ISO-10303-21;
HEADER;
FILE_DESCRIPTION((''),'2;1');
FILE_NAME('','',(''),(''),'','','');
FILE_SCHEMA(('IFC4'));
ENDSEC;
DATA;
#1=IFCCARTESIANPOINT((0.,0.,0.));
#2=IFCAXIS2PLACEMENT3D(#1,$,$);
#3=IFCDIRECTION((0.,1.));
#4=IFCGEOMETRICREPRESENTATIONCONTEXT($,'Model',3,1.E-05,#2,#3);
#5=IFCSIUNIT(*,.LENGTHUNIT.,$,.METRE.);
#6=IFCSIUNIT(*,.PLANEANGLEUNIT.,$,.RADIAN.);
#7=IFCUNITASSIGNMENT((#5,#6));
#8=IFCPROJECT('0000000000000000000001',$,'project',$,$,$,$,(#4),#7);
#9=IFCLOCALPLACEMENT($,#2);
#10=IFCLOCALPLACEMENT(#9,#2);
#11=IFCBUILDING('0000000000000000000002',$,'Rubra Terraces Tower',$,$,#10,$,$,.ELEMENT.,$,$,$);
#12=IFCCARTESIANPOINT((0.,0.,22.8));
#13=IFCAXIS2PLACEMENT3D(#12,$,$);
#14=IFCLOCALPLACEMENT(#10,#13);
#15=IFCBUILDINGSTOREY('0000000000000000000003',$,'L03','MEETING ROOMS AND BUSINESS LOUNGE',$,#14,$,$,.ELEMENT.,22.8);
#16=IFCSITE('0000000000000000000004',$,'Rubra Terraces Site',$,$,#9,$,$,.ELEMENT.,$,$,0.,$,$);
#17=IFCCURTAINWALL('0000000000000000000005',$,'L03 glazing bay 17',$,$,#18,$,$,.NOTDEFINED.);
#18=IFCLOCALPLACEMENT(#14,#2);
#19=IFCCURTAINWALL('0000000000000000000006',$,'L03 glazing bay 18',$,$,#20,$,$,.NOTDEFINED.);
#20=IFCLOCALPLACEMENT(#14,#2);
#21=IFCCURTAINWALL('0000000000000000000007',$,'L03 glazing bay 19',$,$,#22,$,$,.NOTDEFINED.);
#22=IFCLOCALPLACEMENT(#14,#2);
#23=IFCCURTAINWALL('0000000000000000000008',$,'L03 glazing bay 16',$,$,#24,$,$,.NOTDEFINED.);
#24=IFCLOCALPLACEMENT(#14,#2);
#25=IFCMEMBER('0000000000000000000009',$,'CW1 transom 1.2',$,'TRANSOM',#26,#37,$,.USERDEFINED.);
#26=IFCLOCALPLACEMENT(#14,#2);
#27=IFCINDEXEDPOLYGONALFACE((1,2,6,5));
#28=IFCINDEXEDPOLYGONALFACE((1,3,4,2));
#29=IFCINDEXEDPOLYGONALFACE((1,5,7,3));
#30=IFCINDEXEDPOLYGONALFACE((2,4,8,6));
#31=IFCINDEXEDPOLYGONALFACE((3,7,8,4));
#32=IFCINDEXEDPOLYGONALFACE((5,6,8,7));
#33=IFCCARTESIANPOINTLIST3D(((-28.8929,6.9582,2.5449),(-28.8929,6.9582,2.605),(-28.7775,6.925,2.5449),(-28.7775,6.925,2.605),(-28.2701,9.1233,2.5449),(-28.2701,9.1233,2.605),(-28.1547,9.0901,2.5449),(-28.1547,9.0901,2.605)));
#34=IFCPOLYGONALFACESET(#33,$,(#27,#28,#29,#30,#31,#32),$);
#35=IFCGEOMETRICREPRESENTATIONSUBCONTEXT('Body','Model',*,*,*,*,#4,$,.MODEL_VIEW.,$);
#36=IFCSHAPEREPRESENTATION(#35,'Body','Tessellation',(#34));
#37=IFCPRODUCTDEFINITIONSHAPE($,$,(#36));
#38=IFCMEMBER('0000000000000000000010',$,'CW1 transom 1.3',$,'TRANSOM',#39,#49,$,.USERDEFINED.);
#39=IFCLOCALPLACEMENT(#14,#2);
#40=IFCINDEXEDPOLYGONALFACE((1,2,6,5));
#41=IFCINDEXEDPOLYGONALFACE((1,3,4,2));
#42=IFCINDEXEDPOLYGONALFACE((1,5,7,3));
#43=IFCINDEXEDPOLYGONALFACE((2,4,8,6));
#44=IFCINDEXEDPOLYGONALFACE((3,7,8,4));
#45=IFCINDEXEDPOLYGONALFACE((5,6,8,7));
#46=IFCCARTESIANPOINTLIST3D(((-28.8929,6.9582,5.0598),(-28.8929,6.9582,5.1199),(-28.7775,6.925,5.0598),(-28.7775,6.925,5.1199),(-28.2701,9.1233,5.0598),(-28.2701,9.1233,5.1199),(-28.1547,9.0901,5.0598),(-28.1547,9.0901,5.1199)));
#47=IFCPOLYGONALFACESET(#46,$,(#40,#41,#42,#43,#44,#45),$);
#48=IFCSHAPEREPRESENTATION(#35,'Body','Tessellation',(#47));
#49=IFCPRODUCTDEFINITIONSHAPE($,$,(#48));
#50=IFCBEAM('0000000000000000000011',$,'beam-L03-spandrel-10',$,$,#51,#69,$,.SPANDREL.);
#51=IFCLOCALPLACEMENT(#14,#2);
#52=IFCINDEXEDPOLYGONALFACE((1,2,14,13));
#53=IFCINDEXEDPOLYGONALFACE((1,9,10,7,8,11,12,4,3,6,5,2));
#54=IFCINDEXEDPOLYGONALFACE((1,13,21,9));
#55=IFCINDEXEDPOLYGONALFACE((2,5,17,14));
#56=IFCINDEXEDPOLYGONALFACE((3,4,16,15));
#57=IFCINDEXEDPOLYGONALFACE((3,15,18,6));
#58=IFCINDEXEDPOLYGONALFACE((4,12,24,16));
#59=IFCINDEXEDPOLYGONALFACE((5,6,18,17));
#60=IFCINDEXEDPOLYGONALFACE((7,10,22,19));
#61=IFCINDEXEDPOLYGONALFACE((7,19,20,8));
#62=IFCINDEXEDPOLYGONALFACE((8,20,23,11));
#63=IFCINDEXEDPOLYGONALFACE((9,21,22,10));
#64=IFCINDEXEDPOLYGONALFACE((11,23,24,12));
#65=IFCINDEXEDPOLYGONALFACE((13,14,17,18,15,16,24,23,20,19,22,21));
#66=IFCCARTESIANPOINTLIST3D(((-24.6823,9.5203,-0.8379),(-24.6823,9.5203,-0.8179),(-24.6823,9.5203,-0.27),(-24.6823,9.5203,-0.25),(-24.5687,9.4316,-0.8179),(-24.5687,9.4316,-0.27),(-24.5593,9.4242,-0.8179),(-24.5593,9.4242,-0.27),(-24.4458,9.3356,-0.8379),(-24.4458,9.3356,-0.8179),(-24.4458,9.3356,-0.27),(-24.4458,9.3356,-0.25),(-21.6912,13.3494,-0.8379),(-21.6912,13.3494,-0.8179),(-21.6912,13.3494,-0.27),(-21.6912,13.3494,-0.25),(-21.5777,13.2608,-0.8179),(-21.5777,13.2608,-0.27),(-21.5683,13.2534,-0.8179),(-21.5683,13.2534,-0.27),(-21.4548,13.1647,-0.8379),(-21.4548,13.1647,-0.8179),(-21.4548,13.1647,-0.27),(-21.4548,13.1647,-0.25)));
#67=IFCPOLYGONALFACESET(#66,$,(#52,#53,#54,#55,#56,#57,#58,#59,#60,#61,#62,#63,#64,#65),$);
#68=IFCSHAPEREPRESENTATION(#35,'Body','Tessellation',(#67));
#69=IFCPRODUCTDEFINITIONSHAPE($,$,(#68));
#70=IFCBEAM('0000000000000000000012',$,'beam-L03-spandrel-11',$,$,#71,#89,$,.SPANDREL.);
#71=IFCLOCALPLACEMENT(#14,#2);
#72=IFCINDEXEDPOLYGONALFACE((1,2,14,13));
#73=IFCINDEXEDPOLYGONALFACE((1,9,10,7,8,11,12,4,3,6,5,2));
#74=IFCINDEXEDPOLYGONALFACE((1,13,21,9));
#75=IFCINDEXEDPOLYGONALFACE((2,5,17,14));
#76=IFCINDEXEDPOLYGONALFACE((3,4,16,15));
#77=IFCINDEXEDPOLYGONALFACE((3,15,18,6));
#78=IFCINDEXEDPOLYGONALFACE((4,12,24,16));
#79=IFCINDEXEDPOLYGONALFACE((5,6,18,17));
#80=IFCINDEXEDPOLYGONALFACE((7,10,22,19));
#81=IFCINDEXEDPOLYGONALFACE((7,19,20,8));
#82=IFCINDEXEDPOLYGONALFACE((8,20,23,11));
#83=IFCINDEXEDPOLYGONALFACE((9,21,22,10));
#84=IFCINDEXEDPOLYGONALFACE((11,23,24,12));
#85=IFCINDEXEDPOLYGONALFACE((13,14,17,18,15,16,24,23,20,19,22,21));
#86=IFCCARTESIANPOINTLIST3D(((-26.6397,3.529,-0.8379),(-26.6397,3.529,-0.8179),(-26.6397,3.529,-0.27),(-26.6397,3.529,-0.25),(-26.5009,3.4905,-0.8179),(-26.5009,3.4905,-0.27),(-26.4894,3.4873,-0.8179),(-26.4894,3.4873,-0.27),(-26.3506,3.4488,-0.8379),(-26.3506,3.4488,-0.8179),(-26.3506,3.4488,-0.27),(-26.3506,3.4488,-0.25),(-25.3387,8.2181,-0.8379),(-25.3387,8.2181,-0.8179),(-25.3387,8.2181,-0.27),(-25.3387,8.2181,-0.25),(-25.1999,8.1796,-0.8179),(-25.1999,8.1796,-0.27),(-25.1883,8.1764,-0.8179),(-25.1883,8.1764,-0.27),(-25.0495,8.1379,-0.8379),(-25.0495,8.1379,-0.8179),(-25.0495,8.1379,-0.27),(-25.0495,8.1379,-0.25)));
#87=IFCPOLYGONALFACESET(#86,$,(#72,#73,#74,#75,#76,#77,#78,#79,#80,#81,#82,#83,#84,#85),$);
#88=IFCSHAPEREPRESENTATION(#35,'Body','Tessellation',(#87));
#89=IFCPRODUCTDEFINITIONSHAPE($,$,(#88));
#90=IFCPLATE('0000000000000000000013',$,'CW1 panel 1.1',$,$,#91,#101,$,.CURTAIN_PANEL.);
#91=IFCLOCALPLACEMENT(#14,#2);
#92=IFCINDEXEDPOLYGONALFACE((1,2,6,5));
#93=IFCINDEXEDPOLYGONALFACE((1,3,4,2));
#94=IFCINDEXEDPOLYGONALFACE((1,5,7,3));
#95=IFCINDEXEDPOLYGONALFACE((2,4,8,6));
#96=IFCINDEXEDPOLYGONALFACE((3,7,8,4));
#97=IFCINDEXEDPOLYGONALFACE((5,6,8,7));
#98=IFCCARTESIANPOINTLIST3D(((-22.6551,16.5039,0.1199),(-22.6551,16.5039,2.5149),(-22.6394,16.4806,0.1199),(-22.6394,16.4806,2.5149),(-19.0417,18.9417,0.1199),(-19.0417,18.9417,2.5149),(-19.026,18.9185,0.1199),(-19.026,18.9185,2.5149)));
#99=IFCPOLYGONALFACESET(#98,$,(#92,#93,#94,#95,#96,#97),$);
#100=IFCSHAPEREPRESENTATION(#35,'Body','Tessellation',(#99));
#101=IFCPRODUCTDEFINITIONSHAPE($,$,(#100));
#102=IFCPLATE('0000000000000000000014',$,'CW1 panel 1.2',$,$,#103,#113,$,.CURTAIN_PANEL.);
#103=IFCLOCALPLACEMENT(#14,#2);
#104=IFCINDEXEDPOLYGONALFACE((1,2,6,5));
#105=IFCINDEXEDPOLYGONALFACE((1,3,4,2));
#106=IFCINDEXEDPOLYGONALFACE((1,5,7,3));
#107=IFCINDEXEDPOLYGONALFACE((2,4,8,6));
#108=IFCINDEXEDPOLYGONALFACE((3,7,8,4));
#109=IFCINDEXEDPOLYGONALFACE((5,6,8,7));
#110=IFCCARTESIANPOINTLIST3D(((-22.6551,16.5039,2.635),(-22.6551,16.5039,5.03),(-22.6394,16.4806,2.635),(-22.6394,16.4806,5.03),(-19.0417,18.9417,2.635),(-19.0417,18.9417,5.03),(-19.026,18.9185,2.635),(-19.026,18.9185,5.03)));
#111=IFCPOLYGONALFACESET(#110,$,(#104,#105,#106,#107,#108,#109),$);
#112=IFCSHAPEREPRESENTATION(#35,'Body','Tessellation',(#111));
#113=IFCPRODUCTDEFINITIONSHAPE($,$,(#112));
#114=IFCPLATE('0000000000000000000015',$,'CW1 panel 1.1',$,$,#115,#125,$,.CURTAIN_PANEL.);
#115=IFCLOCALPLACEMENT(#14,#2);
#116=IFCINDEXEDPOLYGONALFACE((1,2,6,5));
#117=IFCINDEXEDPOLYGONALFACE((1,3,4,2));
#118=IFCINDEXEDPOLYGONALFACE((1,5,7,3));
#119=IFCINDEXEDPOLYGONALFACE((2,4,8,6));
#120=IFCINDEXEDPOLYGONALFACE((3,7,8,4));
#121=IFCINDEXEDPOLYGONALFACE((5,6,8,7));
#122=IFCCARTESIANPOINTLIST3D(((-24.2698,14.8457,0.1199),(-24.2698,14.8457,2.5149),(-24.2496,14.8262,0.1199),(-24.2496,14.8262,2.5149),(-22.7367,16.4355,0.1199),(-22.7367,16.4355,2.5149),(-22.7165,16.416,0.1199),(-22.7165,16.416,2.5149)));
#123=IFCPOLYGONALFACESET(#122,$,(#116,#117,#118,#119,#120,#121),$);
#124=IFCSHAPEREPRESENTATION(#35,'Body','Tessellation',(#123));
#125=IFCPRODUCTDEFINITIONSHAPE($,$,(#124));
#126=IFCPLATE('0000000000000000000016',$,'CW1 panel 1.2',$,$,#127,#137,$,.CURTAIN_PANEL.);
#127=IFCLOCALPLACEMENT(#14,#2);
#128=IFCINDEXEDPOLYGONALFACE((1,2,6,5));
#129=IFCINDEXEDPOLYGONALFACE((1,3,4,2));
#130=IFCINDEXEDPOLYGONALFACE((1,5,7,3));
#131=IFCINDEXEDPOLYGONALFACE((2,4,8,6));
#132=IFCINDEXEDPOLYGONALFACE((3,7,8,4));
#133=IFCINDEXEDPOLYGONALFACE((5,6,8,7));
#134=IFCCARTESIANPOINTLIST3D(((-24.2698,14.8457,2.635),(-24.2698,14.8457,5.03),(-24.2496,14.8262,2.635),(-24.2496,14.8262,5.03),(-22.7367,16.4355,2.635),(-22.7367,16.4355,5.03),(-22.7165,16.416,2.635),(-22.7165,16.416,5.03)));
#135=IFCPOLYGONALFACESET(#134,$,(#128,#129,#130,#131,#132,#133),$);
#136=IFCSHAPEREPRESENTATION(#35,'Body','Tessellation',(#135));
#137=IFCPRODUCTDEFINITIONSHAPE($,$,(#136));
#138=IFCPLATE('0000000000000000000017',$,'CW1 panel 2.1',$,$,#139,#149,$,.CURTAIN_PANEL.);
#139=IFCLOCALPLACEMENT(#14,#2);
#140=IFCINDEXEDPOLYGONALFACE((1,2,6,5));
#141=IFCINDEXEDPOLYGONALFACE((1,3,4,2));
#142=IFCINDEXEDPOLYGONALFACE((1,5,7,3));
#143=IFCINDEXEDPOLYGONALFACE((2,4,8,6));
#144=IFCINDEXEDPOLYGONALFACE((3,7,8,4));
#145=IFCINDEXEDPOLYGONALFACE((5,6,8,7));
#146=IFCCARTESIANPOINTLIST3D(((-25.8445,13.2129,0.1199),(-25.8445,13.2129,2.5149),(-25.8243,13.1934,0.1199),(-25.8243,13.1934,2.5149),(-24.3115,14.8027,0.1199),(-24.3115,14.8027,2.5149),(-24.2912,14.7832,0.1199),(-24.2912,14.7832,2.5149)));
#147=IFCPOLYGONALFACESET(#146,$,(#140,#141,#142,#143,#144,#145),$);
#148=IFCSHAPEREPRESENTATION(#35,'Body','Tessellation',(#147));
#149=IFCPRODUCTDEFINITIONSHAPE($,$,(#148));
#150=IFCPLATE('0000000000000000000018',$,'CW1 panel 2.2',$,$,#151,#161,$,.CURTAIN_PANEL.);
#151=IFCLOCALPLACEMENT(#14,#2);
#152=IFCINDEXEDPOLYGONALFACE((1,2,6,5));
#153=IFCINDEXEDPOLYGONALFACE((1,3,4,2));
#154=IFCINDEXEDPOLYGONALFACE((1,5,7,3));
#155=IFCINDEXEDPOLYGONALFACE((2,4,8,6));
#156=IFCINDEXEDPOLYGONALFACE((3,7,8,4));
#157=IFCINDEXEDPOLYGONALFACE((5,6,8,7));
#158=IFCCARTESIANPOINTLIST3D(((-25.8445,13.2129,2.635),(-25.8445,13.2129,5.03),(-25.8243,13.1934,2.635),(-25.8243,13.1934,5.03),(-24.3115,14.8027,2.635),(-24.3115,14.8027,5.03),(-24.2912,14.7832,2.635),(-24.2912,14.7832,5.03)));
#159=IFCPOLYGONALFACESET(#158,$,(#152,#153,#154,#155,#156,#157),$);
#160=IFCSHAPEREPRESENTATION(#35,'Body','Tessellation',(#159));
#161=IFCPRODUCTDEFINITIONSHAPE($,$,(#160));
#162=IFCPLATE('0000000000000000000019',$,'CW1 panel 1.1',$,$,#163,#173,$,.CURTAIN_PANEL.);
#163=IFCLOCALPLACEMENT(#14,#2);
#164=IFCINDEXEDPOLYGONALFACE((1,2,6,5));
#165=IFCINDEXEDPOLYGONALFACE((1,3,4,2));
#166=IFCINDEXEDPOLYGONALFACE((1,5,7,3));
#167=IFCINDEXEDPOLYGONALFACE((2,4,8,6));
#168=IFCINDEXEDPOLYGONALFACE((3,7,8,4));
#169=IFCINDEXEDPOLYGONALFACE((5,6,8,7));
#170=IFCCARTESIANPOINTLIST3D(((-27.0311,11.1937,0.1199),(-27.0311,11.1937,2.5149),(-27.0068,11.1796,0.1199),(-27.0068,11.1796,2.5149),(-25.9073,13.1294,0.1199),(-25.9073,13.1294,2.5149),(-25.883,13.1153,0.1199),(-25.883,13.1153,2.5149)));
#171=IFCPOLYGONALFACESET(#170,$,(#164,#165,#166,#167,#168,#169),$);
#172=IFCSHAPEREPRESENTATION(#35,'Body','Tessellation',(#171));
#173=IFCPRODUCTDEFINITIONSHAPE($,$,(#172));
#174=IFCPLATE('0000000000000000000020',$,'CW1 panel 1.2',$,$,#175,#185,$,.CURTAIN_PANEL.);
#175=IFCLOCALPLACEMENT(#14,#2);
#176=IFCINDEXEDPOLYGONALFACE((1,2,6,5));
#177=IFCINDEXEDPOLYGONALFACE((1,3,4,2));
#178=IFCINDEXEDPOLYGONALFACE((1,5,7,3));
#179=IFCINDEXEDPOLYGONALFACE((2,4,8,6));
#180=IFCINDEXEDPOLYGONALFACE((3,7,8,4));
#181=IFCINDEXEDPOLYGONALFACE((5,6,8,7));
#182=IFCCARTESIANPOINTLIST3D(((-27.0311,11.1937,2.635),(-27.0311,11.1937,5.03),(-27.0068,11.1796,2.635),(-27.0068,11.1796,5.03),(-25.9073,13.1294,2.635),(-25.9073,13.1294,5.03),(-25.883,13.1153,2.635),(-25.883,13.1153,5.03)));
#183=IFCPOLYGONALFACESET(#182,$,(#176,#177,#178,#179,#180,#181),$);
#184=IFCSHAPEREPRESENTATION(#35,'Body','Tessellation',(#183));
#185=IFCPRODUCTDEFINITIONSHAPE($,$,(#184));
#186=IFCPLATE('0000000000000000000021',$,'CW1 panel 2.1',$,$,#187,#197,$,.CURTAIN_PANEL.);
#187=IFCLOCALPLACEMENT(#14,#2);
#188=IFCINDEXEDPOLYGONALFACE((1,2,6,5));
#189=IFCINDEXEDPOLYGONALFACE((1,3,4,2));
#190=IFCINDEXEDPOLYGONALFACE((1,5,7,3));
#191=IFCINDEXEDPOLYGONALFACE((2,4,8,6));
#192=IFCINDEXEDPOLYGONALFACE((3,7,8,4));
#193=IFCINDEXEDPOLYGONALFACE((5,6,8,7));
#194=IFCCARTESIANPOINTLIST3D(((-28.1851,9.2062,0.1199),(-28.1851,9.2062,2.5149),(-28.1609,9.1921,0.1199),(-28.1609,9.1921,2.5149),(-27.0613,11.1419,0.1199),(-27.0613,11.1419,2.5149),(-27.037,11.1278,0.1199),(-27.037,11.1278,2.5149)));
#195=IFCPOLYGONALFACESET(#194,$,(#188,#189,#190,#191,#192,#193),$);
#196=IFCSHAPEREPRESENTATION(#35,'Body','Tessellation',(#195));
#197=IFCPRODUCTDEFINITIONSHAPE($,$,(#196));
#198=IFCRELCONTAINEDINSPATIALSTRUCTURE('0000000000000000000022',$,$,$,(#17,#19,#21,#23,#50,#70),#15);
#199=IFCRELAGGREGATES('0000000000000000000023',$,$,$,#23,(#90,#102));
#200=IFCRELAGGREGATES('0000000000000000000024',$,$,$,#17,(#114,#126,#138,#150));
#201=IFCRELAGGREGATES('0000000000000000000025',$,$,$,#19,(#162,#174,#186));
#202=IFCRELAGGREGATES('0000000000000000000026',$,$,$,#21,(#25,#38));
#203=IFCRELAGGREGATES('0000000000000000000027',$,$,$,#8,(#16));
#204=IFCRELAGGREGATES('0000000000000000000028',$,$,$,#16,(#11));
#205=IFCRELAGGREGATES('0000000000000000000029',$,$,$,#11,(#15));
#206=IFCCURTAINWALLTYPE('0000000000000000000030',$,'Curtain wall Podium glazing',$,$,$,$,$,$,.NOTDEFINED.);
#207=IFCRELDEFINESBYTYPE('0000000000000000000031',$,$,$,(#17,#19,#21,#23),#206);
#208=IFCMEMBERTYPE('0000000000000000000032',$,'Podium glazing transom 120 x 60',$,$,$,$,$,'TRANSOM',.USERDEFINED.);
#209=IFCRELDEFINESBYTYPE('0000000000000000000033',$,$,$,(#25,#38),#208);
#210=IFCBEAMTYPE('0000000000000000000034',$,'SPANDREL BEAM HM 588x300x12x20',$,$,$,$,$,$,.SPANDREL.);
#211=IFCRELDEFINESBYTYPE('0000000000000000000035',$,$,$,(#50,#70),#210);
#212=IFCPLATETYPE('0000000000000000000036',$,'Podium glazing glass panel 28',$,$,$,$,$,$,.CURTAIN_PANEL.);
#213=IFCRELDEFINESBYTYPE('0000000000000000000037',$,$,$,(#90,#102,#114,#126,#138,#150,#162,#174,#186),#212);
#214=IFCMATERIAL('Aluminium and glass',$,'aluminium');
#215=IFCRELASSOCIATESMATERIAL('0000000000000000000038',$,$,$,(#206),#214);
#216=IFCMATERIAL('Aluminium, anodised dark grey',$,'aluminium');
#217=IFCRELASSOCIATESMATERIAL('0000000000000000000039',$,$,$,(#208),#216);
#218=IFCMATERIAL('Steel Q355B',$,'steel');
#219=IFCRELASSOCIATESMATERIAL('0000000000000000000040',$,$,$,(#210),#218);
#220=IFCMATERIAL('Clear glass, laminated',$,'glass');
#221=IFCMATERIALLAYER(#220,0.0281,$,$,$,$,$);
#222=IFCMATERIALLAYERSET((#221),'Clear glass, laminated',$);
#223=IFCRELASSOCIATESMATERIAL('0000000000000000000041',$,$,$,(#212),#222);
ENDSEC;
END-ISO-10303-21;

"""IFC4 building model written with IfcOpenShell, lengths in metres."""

from ifc_helpers import new_model, si_unit, direction, frame, origin, origin_2d, place, context, subcontext, project, spatial, rectangle, i_section, extrude, material, layer, layer_set, material_profile, profile_set, type_object, element, aggregate, save


model = new_model("IFC4")

# Units and contexts
model_context = context("Model", 3, precision=1e-05, world=origin(), true_north=direction((0.0, 1.0)))
body_context = subcontext(model_context, "Body", "Model", "MODEL_VIEW")
ifc_project = project(units=[si_unit("LENGTHUNIT", "METRE"), si_unit("PLANEANGLEUNIT", "RADIAN")], contexts=[model_context])

# Site, building, storey
site_placement = place(None, origin())
site = spatial("IfcSite", under=ifc_project, at=site_placement, Name="Rubra Terraces Site", CompositionType="ELEMENT", RefElevation=0.0)
building_placement = place(site_placement, origin())
building = spatial("IfcBuilding", under=site, at=building_placement, Name="Rubra Terraces Tower", CompositionType="ELEMENT")
storey_placement = place(building_placement, frame((0.0, 0.0, 22.8)))
storey = spatial("IfcBuildingStorey", under=building, at=storey_placement, Name="L03", Description="MEETING ROOMS AND BUSINESS LOUNGE", CompositionType="ELEMENT", Elevation=22.8)

# Shared definitions
ifc_material_1 = material(Name="Steel Q355B", Category="steel")

# Curtain walls
ifc_material_2 = material(Name="Aluminium and glass", Category="aluminium")
curtain_wall_type = type_object("IfcCurtainWallType", Name="Curtain wall Podium glazing", PredefinedType="NOTDEFINED", material=ifc_material_2)
curtain_wall_1_placement = place(storey_placement, origin())
curtain_wall_1 = element("IfcCurtainWall", 1, at=curtain_wall_1_placement, inside=storey, type_object=curtain_wall_type, Name="L03 glazing bay 17", PredefinedType="NOTDEFINED")
ifc_material_3 = material(Name="Aluminium, anodised dark grey", Category="aluminium")
curtain_wall_2_placement = place(storey_placement, origin())
curtain_wall_2 = element("IfcCurtainWall", 2, at=curtain_wall_2_placement, inside=storey, type_object=curtain_wall_type, Name="L03 glazing bay 18", PredefinedType="NOTDEFINED")

# Curtain walls
curtain_wall_3_placement = place(storey_placement, origin())
curtain_wall_3 = element("IfcCurtainWall", 3, at=curtain_wall_3_placement, inside=storey, type_object=curtain_wall_type, Name="L03 glazing bay 19", PredefinedType="NOTDEFINED")
curtain_wall_4_placement = place(storey_placement, origin())
curtain_wall_4 = element("IfcCurtainWall", 4, at=curtain_wall_4_placement, inside=storey, type_object=curtain_wall_type, Name="L03 glazing bay 16", PredefinedType="NOTDEFINED")
ifc_material_profile_1 = material_profile(ifc_material_3, rectangle(XDim=0.1201, YDim=0.0601, at=origin_2d()), Name="AL 120x60")
ifc_profile_set_1 = profile_set([ifc_material_profile_1], Name="Aluminium, anodised dark grey")
member_type_1 = type_object("IfcMemberType", Name="Podium glazing transom 120 x 60", ElementType="TRANSOM", PredefinedType="USERDEFINED", material=ifc_profile_set_1)

# Members
member_1_placement = place(storey_placement, frame((-28.2124, 9.1067, 2.575), z_axis=(-0.276453, -0.961028, 0.0), x_axis=(0.961028, -0.276453, 0.0)))
member_1 = element("IfcMember", 5, at=member_1_placement, type_object=member_type_1, Name="CW1 transom 1.2", ObjectType="TRANSOM", PredefinedType="USERDEFINED", context=body_context, shape_type="SweptSolid", body=[
    extrude(rectangle(XDim=0.1201, YDim=0.0601, at=origin_2d()), origin(), (0.0, 0.0, 1.0), 2.2529),
])
member_2_placement = place(storey_placement, frame((-28.2124, 9.1067, 5.0898), z_axis=(-0.276453, -0.961028, 0.0), x_axis=(0.961028, -0.276453, 0.0)))
member_2 = element("IfcMember", 6, at=member_2_placement, type_object=member_type_1, Name="CW1 transom 1.3", ObjectType="TRANSOM", PredefinedType="USERDEFINED", context=body_context, shape_type="SweptSolid", body=[
    extrude(rectangle(XDim=0.1201, YDim=0.0601, at=origin_2d()), origin(), (0.0, 0.0, 1.0), 2.2529),
])

# Beams
ifc_material_profile_2 = material_profile(ifc_material_1, i_section(OverallWidth=0.3, OverallDepth=0.5879, WebThickness=0.012, FlangeThickness=0.02, at=origin_2d()), Name="HM 588x300x12x20")
ifc_profile_set_2 = profile_set([ifc_material_profile_2], Name="Steel Q355B")
beam_type_1 = type_object("IfcBeamType", Name="SPANDREL BEAM HM 588x300x12x20", PredefinedType="SPANDREL", material=ifc_profile_set_2)
beam_1_placement = place(storey_placement, frame((-21.573, 13.2571, -0.5439), z_axis=(-0.615578, -0.788076, 0.0), x_axis=(0.788076, -0.615578, 0.0)))
element("IfcBeam", 7, at=beam_1_placement, inside=storey, type_object=beam_type_1, Name="beam-L03-spandrel-10", PredefinedType="SPANDREL", context=body_context, shape_type="SweptSolid", body=[
    extrude(i_section(OverallWidth=0.3, OverallDepth=0.5879, WebThickness=0.012, FlangeThickness=0.02, at=origin_2d()), origin(), (0.0, 0.0, 1.0), 4.8589),
])
beam_2_placement = place(storey_placement, frame((-25.1941, 8.178, -0.5439), z_axis=(-0.267364, -0.963595, 0.0), x_axis=(0.963595, -0.267364, 0.0)))
element("IfcBeam", 8, at=beam_2_placement, inside=storey, type_object=beam_type_1, Name="beam-L03-spandrel-11", PredefinedType="SPANDREL", context=body_context, shape_type="SweptSolid", body=[
    extrude(i_section(OverallWidth=0.3, OverallDepth=0.5879, WebThickness=0.012, FlangeThickness=0.02, at=origin_2d()), origin(), (0.0, 0.0, 1.0), 4.8662),
])

# Plates
ifc_material_4 = material(Name="Clear glass, laminated", Category="glass")
ifc_layer = layer(ifc_material_4, 0.0281)
ifc_layer_set = layer_set([ifc_layer], Name="Clear glass, laminated")
plate_type = type_object("IfcPlateType", Name="Podium glazing glass panel 28", PredefinedType="CURTAIN_PANEL", material=ifc_layer_set)
plate_1_placement = place(storey_placement, frame((-20.8406, 17.7112, 0.1199), z_axis=(0.0, 0.0, 1.0), x_axis=(-0.828981, -0.559277, 0.0)))
plate_1 = element("IfcPlate", 9, at=plate_1_placement, type_object=plate_type, Name="CW1 panel 1.1", PredefinedType="CURTAIN_PANEL", context=body_context, shape_type="SweptSolid", body=[
    extrude(rectangle(XDim=4.3589, YDim=0.0281, at=origin_2d()), origin(), (0.0, 0.0, 1.0), 2.395),
])
plate_2_placement = place(storey_placement, frame((-20.8406, 17.7112, 2.635), z_axis=(0.0, 0.0, 1.0), x_axis=(-0.828981, -0.559277, 0.0)))
plate_2 = element("IfcPlate", 10, at=plate_2_placement, type_object=plate_type, Name="CW1 panel 1.2", PredefinedType="CURTAIN_PANEL", context=body_context, shape_type="SweptSolid", body=[
    extrude(rectangle(XDim=4.3589, YDim=0.0281, at=origin_2d()), origin(), (0.0, 0.0, 1.0), 2.395),
])
aggregate(curtain_wall_4, [plate_1, plate_2])
plate_3_placement = place(storey_placement, frame((-23.4932, 15.6309, 0.1199), z_axis=(0.0, 0.0, 1.0), x_axis=(-0.694156, -0.719825, 0.0)))
plate_3 = element("IfcPlate", 11, at=plate_3_placement, type_object=plate_type, Name="CW1 panel 1.1", PredefinedType="CURTAIN_PANEL", context=body_context, shape_type="SweptSolid", body=[
    extrude(rectangle(XDim=2.2085, YDim=0.0281, at=origin_2d()), origin(), (0.0, 0.0, 1.0), 2.395),
])
plate_4_placement = place(storey_placement, frame((-23.4932, 15.6309, 2.635), z_axis=(0.0, 0.0, 1.0), x_axis=(-0.694156, -0.719825, 0.0)))
plate_4 = element("IfcPlate", 12, at=plate_4_placement, type_object=plate_type, Name="CW1 panel 1.2", PredefinedType="CURTAIN_PANEL", context=body_context, shape_type="SweptSolid", body=[
    extrude(rectangle(XDim=2.2085, YDim=0.0281, at=origin_2d()), origin(), (0.0, 0.0, 1.0), 2.395),
])
plate_5_placement = place(storey_placement, frame((-25.0679, 13.998, 0.1199), z_axis=(0.0, 0.0, 1.0), x_axis=(-0.694156, -0.719825, 0.0)))
plate_5 = element("IfcPlate", 13, at=plate_5_placement, type_object=plate_type, Name="CW1 panel 2.1", PredefinedType="CURTAIN_PANEL", context=body_context, shape_type="SweptSolid", body=[
    extrude(rectangle(XDim=2.2085, YDim=0.0281, at=origin_2d()), origin(), (0.0, 0.0, 1.0), 2.395),
])
plate_6_placement = place(storey_placement, frame((-25.0679, 13.998, 2.635), z_axis=(0.0, 0.0, 1.0), x_axis=(-0.694156, -0.719825, 0.0)))
plate_6 = element("IfcPlate", 14, at=plate_6_placement, type_object=plate_type, Name="CW1 panel 2.2", PredefinedType="CURTAIN_PANEL", context=body_context, shape_type="SweptSolid", body=[
    extrude(rectangle(XDim=2.2085, YDim=0.0281, at=origin_2d()), origin(), (0.0, 0.0, 1.0), 2.395),
])
aggregate(curtain_wall_1, [plate_3, plate_4, plate_5, plate_6])
plate_7_placement = place(storey_placement, frame((-26.457, 12.1545, 0.1199), z_axis=(0.0, 0.0, 1.0), x_axis=(-0.502094, -0.864813, 0.0)))
plate_7 = element("IfcPlate", 15, at=plate_7_placement, type_object=plate_type, Name="CW1 panel 1.1", PredefinedType="CURTAIN_PANEL", context=body_context, shape_type="SweptSolid", body=[
    extrude(rectangle(XDim=2.2383, YDim=0.0281, at=origin_2d()), origin(), (0.0, 0.0, 1.0), 2.395),
])
plate_8_placement = place(storey_placement, frame((-26.457, 12.1545, 2.635), z_axis=(0.0, 0.0, 1.0), x_axis=(-0.502094, -0.864813, 0.0)))
plate_8 = element("IfcPlate", 16, at=plate_8_placement, type_object=plate_type, Name="CW1 panel 1.2", PredefinedType="CURTAIN_PANEL", context=body_context, shape_type="SweptSolid", body=[
    extrude(rectangle(XDim=2.2383, YDim=0.0281, at=origin_2d()), origin(), (0.0, 0.0, 1.0), 2.395),
])
plate_9_placement = place(storey_placement, frame((-27.6111, 10.167, 0.1199), z_axis=(0.0, 0.0, 1.0), x_axis=(-0.502094, -0.864813, 0.0)))
plate_9 = element("IfcPlate", 17, at=plate_9_placement, type_object=plate_type, Name="CW1 panel 2.1", PredefinedType="CURTAIN_PANEL", context=body_context, shape_type="SweptSolid", body=[
    extrude(rectangle(XDim=2.2383, YDim=0.0281, at=origin_2d()), origin(), (0.0, 0.0, 1.0), 2.395),
])
aggregate(curtain_wall_2, [plate_7, plate_8, plate_9])
aggregate(curtain_wall_3, [member_1, member_2])

save(model, "model.ifc")
